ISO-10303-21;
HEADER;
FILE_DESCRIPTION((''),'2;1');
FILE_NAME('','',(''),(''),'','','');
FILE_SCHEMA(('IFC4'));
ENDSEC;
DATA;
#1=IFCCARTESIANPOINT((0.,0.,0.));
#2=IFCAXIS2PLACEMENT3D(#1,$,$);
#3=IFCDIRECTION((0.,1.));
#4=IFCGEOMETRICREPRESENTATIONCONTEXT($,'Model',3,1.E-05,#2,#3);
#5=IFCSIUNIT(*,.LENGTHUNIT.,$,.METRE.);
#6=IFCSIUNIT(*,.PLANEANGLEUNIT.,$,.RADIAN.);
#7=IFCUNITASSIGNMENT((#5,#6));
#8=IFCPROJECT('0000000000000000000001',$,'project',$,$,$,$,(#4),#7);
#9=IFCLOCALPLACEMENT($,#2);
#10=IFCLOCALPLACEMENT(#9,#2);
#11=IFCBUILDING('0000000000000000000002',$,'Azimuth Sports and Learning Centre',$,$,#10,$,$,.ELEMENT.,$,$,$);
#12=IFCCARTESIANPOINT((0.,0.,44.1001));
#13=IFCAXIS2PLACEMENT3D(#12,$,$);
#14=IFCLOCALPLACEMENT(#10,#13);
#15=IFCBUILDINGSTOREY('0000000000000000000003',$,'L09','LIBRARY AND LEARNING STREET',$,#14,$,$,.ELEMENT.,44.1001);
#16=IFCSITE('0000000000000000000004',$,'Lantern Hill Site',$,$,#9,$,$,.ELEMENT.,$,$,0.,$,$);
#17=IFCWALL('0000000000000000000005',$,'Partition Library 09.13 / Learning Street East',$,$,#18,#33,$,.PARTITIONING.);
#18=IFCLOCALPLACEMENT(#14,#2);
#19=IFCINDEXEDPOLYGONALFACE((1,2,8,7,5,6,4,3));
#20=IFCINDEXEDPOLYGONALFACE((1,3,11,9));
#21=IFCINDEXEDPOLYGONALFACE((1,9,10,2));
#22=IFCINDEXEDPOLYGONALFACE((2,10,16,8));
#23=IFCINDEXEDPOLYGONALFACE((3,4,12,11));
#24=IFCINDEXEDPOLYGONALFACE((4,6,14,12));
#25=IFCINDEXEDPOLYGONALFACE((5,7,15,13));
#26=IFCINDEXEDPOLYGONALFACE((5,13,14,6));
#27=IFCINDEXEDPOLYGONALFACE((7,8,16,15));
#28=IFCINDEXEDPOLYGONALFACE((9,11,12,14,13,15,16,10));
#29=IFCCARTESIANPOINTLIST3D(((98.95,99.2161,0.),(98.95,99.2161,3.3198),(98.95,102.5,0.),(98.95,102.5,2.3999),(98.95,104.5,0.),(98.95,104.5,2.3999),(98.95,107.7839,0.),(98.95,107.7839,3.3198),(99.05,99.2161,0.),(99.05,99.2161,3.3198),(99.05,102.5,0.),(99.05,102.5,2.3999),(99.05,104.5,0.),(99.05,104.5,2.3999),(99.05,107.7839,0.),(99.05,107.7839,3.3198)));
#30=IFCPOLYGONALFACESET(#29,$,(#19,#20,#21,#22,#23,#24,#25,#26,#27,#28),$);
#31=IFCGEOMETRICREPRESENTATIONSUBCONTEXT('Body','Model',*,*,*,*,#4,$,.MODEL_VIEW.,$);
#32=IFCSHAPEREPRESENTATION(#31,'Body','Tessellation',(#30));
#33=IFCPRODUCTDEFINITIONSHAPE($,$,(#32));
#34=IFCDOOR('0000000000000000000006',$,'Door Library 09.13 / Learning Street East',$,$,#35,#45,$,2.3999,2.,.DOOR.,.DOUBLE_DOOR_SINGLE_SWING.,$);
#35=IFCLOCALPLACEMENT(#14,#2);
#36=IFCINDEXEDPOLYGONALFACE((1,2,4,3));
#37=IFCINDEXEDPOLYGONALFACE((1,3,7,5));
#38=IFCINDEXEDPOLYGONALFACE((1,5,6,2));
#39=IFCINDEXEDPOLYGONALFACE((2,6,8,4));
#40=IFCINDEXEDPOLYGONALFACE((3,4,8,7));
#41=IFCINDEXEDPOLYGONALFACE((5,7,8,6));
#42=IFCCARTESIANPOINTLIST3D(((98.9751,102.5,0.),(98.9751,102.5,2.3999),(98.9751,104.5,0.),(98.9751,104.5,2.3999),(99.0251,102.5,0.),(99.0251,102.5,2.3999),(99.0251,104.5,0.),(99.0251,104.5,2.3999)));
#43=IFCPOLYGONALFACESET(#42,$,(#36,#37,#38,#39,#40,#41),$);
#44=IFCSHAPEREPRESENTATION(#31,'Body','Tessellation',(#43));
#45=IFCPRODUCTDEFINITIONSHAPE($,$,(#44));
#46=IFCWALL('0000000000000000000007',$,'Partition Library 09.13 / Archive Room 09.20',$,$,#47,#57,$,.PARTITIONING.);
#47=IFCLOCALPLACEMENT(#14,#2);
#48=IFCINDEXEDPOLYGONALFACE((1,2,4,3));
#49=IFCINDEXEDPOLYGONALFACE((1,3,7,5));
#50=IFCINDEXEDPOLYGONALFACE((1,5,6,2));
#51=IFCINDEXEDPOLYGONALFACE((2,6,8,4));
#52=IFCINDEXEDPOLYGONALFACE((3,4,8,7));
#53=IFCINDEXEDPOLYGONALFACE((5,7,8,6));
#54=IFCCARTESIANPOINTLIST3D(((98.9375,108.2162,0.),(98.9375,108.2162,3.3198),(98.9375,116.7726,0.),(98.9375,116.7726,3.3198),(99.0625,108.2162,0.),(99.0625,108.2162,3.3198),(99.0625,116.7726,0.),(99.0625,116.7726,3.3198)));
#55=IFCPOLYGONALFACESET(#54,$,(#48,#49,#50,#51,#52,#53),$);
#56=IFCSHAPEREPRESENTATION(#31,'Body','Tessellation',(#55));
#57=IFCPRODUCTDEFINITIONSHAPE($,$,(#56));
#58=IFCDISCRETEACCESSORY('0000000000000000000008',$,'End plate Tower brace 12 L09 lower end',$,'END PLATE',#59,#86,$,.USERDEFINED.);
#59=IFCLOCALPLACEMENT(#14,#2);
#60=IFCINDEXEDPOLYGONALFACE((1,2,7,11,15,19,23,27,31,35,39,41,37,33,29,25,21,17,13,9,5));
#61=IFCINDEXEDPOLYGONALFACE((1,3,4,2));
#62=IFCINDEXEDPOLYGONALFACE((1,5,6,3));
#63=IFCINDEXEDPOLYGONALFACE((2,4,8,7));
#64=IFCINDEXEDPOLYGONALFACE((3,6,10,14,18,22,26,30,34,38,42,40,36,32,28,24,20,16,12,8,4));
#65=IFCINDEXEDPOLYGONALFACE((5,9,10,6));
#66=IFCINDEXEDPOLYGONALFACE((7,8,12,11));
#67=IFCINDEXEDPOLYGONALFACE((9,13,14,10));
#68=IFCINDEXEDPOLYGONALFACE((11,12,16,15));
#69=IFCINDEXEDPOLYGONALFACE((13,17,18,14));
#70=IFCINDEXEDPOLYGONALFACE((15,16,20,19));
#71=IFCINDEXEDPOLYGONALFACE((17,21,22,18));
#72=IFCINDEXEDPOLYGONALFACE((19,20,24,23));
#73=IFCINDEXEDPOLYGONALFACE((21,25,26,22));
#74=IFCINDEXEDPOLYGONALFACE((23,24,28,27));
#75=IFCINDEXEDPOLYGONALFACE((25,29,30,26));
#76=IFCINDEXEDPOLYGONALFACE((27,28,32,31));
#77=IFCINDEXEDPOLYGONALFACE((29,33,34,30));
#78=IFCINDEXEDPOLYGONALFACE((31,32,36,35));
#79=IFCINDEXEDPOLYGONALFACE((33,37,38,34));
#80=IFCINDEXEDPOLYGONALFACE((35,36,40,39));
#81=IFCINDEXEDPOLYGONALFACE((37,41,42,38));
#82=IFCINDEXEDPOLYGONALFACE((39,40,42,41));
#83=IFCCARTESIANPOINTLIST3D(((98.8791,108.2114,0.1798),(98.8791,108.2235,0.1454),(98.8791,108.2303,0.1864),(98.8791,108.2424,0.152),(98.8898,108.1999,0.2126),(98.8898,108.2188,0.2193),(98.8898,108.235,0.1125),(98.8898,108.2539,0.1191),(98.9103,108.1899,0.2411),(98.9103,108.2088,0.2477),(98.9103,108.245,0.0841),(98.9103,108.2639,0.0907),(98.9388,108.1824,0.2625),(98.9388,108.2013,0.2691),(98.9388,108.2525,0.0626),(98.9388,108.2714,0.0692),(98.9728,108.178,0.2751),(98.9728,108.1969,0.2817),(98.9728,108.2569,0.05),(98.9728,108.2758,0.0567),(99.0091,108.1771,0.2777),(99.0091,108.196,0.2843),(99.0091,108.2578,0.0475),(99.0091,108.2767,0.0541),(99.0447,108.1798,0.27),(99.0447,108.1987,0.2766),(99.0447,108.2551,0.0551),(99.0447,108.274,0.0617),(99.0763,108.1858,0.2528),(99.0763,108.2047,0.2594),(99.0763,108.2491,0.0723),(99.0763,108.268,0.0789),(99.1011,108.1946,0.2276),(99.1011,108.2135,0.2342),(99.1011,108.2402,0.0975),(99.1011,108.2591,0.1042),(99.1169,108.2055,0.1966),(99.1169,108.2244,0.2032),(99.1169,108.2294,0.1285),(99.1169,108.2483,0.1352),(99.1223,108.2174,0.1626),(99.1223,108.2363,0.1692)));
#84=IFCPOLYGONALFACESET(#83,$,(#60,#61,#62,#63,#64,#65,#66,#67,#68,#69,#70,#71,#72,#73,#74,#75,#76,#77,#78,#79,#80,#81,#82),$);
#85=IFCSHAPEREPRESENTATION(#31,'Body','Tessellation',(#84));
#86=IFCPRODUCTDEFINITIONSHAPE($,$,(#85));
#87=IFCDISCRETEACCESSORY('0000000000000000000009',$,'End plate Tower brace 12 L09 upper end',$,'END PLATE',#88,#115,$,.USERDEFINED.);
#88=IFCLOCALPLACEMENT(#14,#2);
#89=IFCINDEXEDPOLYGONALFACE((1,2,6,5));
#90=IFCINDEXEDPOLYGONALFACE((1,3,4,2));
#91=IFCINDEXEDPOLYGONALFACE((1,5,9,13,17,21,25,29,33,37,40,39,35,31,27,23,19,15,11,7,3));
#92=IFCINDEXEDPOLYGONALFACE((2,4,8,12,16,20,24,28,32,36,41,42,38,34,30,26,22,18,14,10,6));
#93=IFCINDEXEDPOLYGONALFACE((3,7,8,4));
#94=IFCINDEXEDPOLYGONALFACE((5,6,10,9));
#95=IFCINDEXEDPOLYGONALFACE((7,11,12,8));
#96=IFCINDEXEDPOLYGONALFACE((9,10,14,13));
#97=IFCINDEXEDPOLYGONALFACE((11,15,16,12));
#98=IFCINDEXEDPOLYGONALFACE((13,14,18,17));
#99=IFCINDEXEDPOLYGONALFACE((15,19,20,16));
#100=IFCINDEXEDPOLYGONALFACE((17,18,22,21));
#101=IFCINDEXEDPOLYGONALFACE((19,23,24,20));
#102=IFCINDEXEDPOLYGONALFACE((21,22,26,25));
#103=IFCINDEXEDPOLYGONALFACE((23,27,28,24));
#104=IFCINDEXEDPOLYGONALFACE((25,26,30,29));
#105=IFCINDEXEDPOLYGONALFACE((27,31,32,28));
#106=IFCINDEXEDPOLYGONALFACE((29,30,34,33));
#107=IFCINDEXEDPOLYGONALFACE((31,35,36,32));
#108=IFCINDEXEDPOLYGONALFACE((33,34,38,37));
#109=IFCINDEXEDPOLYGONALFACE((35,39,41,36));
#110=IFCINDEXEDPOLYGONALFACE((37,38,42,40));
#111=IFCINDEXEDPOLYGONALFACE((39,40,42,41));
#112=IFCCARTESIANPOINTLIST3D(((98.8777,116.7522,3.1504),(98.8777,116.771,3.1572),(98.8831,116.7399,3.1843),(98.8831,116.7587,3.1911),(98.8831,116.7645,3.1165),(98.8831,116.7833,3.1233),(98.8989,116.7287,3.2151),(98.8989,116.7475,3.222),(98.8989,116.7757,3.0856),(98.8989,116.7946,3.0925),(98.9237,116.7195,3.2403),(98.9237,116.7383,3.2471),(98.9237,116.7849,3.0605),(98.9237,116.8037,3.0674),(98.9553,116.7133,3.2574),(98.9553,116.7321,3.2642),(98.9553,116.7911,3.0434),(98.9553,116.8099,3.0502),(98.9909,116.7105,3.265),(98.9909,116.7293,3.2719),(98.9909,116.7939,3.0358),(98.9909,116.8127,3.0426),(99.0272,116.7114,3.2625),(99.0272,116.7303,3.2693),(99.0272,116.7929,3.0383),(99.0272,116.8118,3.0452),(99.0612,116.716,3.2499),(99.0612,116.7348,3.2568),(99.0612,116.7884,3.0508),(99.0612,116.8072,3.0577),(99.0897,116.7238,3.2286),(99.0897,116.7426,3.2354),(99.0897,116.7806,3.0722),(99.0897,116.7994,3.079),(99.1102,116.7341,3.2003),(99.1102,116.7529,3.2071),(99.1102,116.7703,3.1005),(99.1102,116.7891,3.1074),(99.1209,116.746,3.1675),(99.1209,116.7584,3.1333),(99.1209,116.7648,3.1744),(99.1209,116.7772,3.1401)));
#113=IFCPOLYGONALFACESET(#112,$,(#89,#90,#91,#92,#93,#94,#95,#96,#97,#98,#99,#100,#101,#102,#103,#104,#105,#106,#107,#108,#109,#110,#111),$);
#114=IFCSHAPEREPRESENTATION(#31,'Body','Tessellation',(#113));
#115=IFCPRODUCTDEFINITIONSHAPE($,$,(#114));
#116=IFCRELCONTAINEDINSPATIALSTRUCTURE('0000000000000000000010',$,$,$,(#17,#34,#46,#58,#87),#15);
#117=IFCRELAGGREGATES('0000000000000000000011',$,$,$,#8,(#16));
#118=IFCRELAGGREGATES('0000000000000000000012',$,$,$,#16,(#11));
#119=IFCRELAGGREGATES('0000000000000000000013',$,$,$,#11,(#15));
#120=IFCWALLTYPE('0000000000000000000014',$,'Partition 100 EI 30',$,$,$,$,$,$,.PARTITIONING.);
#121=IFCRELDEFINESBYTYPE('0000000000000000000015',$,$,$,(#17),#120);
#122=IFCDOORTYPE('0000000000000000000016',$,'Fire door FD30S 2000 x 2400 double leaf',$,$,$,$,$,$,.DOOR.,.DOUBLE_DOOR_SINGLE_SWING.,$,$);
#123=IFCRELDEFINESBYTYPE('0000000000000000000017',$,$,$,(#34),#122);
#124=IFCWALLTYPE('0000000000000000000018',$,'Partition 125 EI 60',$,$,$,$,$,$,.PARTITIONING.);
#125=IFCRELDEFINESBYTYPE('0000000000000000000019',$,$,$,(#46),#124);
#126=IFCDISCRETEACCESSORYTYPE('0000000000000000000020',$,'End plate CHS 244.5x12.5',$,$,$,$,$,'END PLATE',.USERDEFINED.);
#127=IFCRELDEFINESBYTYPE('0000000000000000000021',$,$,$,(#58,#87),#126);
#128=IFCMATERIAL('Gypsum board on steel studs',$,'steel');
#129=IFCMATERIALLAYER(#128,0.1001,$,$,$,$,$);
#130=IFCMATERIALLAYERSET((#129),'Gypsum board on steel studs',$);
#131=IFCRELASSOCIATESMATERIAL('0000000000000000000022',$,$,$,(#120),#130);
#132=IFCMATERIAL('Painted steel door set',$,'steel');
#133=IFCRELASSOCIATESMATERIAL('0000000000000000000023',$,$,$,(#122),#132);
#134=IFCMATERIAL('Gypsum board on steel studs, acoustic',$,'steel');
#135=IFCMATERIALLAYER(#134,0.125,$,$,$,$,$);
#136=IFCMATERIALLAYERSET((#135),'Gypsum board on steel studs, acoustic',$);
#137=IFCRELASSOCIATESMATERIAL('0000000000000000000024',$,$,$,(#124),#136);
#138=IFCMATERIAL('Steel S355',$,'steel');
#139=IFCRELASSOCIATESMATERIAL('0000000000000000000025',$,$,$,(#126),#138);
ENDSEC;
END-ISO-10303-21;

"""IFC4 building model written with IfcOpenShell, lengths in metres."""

from ifc_helpers import new_model, si_unit, direction, frame, frame_2d, origin, origin_2d, place, context, subcontext, project, spatial, rectangle, circle, extrude, material, layer, layer_set, material_profile, profile_set, type_object, element, fill, save


model = new_model("IFC4")

# Units and contexts
model_context = context("Model", 3, precision=1e-05, world=origin(), true_north=direction((0.0, 1.0)))
body_context = subcontext(model_context, "Body", "Model", "MODEL_VIEW")
ifc_project = project(units=[si_unit("LENGTHUNIT", "METRE"), si_unit("PLANEANGLEUNIT", "RADIAN")], contexts=[model_context])

# Site, building, storey
site_placement = place(None, origin())
site = spatial("IfcSite", under=ifc_project, at=site_placement, Name="Lantern Hill Site", CompositionType="ELEMENT", RefElevation=0.0)
building_placement = place(site_placement, origin())
building = spatial("IfcBuilding", under=site, at=building_placement, Name="Azimuth Sports and Learning Centre", CompositionType="ELEMENT")
storey_placement = place(building_placement, frame((0.0, 0.0, 44.1001)))
storey = spatial("IfcBuildingStorey", under=building, at=storey_placement, Name="L09", Description="LIBRARY AND LEARNING STREET", CompositionType="ELEMENT", Elevation=44.1001)

# Shared definitions
ifc_material_1 = material(Name="Gypsum board on steel studs", Category="steel")
ifc_layer_1 = layer(ifc_material_1, 0.1001)
ifc_layer_set_1 = layer_set([ifc_layer_1], Name="Gypsum board on steel studs")
wall_type_1 = type_object("IfcWallType", Name="Partition 100 EI 30", PredefinedType="PARTITIONING", material=ifc_layer_set_1)

# Wall, opening, door
wall_1_placement = place(storey_placement, frame((99.0, 99.2161, 0.0), z_axis=(0.0, 0.0, 1.0), x_axis=(0.0, 1.0, 0.0)))
wall_1 = element("IfcWall", 1, at=wall_1_placement, inside=storey, type_object=wall_type_1, Name="Partition Library 09.13 / Learning Street East", PredefinedType="PARTITIONING", context=body_context, shape_type="SweptSolid", body=[
    extrude(rectangle(XDim=8.5679, YDim=0.1001, at=frame_2d((4.2839, 0.0))), origin(), (0.0, 0.0, 1.0), 3.3198),
])
opening_1_placement = place(wall_1_placement, frame((3.2839, 0.0, 0.0)))
opening_1 = element("IfcOpeningElement", 2, at=opening_1_placement, cuts=wall_1, PredefinedType="OPENING", context=body_context, shape_type="SweptSolid", body=[
    extrude(rectangle(XDim=2.0, YDim=2.3999, at=frame_2d((1.0, 1.2))), frame((0.0, 0.061, 0.0), z_axis=(0.0, -1.0, 0.0), x_axis=(1.0, 0.0, 0.0)), (0.0, 0.0, 1.0), 0.1221),
])
ifc_material_2 = material(Name="Painted steel door set", Category="steel")
door_type_1 = type_object("IfcDoorType", Name="Fire door FD30S 2000 x 2400 double leaf", OperationType="DOUBLE_DOOR_SINGLE_SWING", PredefinedType="DOOR", material=ifc_material_2)
door_1_placement = place(opening_1_placement, origin())
door_1 = element("IfcDoor", 3, at=door_1_placement, inside=storey, type_object=door_type_1, Name="Door Library 09.13 / Learning Street East", OperationType="DOUBLE_DOOR_SINGLE_SWING", OverallHeight=2.3999, OverallWidth=2.0, PredefinedType="DOOR", context=body_context, shape_type="SweptSolid", body=[
    extrude(rectangle(XDim=2.0, YDim=2.3999, at=frame_2d((1.0, 1.2))), frame((0.0, 0.0249, 0.0), z_axis=(0.0, -1.0, 0.0), x_axis=(1.0, 0.0, 0.0)), (0.0, 0.0, 1.0), 0.05),
])
fill(opening_1, door_1)

# Wall
ifc_material_3 = material(Name="Gypsum board on steel studs, acoustic", Category="steel")
ifc_layer_2 = layer(ifc_material_3, 0.125)
ifc_layer_set_2 = layer_set([ifc_layer_2], Name="Gypsum board on steel studs, acoustic")
wall_type_2 = type_object("IfcWallType", Name="Partition 125 EI 60", PredefinedType="PARTITIONING", material=ifc_layer_set_2)
wall_2_placement = place(storey_placement, frame((99.0, 108.2161, 0.0), z_axis=(0.0, 0.0, 1.0), x_axis=(0.0, 1.0, 0.0)))
element("IfcWall", 4, at=wall_2_placement, inside=storey, type_object=wall_type_2, Name="Partition Library 09.13 / Archive Room 09.20", PredefinedType="PARTITIONING", context=body_context, shape_type="SweptSolid", body=[
    extrude(rectangle(XDim=8.5564, YDim=0.125, at=frame_2d((4.2783, 0.0))), origin(), (0.0, 0.0, 1.0), 3.3198),
])

# Discrete accessories
ifc_material_4 = material(Name="Steel S355", Category="steel")
ifc_material_profile_1 = material_profile(ifc_material_4, circle(Radius=0.1223, at=origin_2d()), Name="PL 244 DISC")
ifc_profile_set_1 = profile_set([ifc_material_profile_1], Name="Steel S355")
discrete_accessory_type = type_object("IfcDiscreteAccessoryType", Name="End plate CHS 244.5x12.5", ElementType="END PLATE", PredefinedType="USERDEFINED", material=ifc_profile_set_1)
for number, where, z_axis, x_axis, name in (
    (5, (99.0, 108.2363, 0.1692), (0.0, -0.943667, -0.330896), (1.0, 0.0, 0.0), "End plate Tower brace 12 L09 lower end"),
    (6, (99.0, 116.7522, 3.1504), (0.0, 0.939793, 0.341743), (-1.0, 0.0, 0.0), "End plate Tower brace 12 L09 upper end"),
):
    element("IfcDiscreteAccessory", number, at=place(storey_placement, frame(where, z_axis=z_axis, x_axis=x_axis)), inside=storey, type_object=discrete_accessory_type, Name=name, ObjectType="END PLATE", PredefinedType="USERDEFINED", context=body_context, shape_type="SweptSolid", body=[
        extrude(circle(Radius=0.1223, at=origin_2d()), origin(), (0.0, 0.0, 1.0), 0.02),
    ])

save(model, "model.ifc")
